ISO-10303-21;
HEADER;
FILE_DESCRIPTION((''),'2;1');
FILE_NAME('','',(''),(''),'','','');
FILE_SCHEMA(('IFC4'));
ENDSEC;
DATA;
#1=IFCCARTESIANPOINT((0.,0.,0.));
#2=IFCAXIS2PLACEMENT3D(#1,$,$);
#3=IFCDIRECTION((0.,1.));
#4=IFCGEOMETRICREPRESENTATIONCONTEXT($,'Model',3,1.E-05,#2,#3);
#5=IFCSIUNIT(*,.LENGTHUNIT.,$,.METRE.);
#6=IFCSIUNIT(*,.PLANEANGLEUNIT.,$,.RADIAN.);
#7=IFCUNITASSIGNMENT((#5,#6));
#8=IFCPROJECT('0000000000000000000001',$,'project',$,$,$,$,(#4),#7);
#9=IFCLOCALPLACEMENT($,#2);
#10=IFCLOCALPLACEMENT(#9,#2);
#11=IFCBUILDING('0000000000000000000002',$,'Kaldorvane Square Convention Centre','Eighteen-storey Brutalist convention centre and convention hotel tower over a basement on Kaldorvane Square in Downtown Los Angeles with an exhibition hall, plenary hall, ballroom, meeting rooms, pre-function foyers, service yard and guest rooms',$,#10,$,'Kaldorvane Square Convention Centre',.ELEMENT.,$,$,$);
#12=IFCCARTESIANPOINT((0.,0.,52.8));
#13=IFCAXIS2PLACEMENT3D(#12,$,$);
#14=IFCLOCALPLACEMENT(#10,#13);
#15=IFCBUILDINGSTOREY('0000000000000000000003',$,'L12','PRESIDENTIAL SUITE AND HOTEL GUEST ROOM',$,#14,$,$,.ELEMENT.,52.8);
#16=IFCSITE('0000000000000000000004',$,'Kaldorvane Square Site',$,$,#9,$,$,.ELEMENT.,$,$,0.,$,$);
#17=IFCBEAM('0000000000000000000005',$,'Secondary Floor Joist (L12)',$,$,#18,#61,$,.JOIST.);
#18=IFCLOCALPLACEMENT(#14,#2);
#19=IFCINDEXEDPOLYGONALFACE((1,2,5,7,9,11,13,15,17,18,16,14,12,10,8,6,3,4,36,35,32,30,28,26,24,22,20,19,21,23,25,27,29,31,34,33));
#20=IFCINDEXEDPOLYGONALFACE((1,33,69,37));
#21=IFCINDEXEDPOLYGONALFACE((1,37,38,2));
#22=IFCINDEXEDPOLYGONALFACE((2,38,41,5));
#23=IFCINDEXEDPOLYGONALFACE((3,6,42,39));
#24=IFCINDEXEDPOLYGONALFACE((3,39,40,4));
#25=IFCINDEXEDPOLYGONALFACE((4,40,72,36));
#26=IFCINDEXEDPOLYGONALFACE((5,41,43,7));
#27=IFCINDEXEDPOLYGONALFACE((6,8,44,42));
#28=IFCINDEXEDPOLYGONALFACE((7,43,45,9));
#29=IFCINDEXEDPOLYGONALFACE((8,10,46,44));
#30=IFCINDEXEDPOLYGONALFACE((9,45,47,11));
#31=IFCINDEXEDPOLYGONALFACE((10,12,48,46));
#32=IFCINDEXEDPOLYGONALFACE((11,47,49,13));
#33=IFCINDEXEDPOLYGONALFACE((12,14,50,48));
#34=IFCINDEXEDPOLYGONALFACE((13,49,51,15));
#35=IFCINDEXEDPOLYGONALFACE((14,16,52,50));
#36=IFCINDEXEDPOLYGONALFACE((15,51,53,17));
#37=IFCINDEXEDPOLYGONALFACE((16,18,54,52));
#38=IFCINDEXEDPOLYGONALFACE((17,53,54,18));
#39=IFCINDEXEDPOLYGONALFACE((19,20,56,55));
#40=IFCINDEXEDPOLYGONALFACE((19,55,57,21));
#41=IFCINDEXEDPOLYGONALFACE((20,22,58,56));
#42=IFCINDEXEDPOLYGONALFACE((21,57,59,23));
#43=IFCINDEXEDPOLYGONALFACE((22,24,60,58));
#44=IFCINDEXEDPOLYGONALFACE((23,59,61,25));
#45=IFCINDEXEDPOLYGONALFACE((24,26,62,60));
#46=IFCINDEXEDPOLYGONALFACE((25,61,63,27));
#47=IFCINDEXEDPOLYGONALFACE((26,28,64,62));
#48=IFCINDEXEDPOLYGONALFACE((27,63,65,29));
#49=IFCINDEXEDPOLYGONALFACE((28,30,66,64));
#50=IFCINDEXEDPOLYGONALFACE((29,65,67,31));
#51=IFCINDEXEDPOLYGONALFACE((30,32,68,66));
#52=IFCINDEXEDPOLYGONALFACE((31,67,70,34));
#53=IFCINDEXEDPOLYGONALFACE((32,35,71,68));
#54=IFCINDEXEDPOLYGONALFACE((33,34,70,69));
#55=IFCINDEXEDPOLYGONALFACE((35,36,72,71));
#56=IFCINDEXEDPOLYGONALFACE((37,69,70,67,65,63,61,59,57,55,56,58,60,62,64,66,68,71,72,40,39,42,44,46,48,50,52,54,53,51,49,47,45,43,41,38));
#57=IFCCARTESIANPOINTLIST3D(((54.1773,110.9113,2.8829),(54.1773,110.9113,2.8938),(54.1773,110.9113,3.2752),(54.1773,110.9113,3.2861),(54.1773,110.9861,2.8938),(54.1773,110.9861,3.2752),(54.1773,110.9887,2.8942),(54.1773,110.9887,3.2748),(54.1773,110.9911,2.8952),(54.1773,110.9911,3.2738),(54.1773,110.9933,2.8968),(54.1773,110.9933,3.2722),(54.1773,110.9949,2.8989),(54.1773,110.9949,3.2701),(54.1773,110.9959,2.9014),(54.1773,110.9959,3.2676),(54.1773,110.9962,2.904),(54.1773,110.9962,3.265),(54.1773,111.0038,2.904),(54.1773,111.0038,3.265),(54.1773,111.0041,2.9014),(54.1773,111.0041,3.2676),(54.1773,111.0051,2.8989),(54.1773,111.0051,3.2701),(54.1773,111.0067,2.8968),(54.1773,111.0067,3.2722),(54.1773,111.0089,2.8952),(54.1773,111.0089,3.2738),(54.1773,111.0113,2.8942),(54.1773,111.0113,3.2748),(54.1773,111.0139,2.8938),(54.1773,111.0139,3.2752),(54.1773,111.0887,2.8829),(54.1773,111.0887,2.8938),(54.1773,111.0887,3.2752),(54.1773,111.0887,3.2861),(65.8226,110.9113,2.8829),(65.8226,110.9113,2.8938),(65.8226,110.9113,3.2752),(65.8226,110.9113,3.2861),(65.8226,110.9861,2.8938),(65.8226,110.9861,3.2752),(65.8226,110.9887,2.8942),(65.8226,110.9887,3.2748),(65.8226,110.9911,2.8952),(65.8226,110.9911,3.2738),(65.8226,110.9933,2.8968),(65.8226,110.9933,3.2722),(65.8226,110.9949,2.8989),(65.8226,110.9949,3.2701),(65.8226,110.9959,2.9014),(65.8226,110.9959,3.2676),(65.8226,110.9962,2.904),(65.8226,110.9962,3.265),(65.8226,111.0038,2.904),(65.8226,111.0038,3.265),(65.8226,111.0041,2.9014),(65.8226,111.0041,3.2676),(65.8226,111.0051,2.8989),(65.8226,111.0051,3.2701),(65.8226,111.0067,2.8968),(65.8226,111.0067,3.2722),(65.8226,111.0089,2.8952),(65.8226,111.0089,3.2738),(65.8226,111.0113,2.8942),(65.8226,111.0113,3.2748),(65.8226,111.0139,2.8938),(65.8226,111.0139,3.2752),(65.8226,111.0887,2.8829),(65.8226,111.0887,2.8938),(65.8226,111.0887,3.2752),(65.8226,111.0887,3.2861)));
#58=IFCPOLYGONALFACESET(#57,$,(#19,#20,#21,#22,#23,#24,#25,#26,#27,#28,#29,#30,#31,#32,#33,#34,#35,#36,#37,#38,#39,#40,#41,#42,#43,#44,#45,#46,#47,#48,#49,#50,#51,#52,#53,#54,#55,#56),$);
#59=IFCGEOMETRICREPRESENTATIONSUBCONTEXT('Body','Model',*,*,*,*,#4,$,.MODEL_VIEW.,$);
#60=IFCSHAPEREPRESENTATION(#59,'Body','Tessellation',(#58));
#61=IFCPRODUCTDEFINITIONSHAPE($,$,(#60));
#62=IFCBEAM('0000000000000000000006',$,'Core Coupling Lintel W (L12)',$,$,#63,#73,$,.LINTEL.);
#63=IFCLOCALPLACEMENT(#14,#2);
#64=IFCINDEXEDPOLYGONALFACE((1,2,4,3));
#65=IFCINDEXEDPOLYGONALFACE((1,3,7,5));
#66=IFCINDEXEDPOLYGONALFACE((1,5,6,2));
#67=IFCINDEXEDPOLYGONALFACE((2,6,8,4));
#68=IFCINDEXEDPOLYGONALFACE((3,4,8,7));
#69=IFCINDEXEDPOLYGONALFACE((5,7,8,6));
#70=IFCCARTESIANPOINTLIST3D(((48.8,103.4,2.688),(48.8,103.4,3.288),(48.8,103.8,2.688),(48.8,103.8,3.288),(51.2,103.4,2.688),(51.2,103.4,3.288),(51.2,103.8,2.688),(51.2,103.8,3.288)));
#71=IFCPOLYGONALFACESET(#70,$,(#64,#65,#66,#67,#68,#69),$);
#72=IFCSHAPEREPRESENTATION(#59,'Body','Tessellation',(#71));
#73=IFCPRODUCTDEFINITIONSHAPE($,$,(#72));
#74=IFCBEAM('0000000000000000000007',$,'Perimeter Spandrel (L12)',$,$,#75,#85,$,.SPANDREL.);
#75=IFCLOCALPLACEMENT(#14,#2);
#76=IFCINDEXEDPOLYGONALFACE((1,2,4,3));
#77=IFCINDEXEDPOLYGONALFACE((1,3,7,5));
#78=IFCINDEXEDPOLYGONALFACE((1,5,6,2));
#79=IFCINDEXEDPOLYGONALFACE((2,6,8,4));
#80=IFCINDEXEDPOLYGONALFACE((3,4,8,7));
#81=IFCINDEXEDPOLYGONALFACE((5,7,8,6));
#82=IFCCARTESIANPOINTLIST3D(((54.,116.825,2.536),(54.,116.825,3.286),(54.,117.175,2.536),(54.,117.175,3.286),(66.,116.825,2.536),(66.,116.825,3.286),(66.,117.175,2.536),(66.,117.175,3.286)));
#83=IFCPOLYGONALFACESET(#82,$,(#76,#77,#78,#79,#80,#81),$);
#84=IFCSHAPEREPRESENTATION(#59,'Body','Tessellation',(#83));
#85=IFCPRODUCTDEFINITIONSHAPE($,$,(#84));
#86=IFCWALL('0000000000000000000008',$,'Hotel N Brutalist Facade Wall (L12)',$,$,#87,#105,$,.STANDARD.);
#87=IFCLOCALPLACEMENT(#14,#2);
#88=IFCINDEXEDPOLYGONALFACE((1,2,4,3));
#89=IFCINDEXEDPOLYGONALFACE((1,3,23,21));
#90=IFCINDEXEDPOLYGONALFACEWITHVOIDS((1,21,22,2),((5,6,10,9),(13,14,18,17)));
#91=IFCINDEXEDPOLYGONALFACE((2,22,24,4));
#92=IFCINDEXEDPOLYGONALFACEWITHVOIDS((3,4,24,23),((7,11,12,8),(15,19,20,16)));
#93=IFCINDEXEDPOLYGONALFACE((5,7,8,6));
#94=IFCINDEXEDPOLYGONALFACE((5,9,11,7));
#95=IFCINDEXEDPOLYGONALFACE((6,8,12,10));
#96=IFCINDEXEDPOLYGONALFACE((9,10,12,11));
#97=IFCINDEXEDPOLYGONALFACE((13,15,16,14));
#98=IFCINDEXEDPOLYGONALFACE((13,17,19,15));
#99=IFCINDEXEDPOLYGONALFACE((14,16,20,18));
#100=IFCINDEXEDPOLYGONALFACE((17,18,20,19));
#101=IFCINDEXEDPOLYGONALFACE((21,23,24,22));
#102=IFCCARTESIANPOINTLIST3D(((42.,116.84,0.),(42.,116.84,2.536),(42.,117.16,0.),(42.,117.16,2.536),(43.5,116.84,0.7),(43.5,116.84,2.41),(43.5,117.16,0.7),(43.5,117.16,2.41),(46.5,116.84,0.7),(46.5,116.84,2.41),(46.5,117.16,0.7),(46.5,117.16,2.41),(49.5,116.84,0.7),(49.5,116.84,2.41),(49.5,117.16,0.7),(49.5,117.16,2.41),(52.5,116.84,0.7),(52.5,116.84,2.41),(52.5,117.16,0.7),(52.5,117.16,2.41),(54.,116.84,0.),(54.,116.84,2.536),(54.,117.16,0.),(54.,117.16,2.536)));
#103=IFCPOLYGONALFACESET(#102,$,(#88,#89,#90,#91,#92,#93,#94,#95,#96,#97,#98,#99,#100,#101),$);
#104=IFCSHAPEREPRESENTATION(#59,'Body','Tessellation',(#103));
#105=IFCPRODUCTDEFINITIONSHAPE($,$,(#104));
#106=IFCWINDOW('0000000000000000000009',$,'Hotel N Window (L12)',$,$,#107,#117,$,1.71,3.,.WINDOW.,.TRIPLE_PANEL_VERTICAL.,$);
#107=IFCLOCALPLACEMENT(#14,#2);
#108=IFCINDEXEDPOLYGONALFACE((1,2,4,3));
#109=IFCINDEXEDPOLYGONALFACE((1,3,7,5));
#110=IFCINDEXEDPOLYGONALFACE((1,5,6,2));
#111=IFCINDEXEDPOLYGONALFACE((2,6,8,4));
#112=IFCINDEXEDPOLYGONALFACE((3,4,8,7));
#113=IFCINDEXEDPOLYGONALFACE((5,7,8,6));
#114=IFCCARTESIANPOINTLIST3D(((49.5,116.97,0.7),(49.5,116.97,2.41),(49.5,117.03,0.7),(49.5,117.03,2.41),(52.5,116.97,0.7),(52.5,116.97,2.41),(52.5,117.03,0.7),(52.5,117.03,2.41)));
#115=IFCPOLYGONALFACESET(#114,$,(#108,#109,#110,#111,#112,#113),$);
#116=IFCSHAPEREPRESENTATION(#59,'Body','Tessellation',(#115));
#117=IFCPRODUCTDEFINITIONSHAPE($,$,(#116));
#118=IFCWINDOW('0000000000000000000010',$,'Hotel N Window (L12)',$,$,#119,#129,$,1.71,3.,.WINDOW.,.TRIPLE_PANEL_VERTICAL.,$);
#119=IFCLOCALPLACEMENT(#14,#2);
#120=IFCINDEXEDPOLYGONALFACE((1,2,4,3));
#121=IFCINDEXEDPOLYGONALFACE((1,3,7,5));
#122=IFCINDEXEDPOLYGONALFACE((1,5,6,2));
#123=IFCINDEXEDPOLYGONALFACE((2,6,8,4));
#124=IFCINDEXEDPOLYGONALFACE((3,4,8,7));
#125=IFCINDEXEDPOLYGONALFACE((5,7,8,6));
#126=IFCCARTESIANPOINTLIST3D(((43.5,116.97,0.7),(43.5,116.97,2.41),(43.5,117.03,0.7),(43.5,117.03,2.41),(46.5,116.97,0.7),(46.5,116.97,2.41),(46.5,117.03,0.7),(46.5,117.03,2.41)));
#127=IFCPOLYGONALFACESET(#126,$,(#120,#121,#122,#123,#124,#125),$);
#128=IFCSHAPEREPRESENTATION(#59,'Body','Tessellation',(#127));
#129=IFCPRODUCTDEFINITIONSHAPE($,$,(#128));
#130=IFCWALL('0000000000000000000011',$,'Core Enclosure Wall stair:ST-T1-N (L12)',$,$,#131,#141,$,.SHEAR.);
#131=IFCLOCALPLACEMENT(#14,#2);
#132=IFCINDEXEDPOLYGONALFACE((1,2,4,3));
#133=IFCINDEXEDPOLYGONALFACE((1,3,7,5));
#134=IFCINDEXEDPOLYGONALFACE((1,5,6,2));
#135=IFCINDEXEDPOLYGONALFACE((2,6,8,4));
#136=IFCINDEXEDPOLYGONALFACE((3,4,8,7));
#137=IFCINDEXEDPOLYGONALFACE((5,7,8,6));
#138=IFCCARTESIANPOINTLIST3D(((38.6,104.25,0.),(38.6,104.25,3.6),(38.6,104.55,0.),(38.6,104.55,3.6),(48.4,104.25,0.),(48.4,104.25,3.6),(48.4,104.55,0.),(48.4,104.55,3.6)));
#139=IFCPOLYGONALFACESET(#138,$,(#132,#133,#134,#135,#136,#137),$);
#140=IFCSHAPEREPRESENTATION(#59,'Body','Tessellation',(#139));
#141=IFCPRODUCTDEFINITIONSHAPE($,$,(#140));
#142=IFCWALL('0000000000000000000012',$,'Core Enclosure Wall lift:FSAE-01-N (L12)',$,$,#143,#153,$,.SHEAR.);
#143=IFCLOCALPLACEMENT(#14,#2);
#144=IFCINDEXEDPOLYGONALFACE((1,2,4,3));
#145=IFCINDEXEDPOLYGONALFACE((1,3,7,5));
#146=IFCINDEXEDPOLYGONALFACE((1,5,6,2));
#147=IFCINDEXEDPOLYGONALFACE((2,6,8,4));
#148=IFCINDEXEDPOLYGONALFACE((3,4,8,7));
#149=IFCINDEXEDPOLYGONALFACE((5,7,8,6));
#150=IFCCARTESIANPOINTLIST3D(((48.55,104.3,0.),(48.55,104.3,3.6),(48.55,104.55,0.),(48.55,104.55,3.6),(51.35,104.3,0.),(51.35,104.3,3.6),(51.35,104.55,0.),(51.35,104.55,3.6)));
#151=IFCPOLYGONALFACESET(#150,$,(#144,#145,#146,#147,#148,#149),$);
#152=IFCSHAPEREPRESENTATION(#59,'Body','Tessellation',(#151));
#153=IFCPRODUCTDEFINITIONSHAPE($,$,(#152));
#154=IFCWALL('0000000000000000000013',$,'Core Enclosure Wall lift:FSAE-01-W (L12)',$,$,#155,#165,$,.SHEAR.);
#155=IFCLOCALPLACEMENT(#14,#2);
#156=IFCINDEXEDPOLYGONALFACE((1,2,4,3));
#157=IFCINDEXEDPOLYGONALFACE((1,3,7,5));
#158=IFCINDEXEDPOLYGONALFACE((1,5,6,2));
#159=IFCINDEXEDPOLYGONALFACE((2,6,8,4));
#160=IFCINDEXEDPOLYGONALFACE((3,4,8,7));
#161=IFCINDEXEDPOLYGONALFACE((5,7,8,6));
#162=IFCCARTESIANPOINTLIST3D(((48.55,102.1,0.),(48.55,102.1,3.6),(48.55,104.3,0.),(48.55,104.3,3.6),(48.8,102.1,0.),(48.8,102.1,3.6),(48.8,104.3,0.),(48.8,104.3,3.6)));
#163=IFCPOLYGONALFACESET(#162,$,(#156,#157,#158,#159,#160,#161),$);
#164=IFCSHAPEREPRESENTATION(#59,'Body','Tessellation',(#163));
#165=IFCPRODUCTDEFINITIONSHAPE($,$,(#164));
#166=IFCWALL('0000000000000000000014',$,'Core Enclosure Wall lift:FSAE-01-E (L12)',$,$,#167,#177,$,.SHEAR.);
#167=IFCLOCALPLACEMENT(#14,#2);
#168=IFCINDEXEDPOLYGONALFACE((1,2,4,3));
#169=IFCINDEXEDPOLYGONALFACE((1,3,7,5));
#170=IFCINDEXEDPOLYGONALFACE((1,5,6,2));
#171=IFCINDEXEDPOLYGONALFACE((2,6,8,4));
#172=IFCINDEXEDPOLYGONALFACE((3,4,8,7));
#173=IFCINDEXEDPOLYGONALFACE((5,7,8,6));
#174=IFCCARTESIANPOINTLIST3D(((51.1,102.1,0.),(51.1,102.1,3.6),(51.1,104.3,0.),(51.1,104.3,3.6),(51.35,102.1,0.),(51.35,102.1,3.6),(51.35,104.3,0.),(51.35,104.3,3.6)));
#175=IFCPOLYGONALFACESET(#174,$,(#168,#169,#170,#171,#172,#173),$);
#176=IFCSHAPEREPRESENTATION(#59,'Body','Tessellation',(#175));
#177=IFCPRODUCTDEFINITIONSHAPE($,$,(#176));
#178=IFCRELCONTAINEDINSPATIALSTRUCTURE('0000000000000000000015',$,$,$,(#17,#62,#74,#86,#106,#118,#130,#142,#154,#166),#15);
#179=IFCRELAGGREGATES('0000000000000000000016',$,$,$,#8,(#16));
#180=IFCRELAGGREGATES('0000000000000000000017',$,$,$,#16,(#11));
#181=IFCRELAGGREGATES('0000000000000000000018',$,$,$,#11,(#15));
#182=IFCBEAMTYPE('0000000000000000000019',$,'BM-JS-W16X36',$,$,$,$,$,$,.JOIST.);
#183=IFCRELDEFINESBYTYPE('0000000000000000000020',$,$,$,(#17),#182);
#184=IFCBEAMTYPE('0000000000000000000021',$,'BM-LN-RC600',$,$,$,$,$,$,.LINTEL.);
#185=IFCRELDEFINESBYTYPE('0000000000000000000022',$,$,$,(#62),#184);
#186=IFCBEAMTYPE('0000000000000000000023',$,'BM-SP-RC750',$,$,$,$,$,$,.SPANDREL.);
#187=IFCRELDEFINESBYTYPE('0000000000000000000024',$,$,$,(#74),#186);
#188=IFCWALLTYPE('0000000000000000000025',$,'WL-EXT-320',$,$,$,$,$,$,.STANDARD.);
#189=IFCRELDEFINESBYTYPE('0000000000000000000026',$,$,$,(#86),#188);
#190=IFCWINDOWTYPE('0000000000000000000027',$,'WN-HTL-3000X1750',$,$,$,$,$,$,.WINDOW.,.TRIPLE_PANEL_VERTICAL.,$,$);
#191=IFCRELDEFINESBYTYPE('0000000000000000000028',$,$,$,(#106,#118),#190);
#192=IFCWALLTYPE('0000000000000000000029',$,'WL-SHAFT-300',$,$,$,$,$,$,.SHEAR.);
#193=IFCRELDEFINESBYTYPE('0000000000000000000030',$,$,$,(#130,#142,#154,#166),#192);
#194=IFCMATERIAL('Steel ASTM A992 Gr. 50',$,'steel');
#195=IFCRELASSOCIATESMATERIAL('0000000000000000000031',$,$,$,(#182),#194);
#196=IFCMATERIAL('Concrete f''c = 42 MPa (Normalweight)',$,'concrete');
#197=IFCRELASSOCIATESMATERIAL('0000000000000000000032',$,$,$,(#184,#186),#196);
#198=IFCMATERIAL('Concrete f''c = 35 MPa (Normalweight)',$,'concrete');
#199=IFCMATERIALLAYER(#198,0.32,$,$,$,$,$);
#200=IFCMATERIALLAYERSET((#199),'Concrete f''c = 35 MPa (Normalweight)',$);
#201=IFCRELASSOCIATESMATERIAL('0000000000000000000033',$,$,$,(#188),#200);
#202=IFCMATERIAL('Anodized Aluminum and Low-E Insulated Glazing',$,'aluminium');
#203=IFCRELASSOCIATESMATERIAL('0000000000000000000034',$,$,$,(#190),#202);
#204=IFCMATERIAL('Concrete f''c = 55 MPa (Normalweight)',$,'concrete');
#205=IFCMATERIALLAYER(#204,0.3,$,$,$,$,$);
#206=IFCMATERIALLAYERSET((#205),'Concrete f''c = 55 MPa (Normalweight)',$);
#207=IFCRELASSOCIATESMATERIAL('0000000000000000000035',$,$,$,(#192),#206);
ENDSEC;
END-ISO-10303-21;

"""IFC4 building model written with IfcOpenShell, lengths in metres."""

from ifc_helpers import new_model, si_unit, direction, frame, frame_2d, origin, origin_2d, place, context, subcontext, project, spatial, rectangle, i_section, extrude, material, layer, layer_set, material_profile, profile_set, type_object, element, fill, save


model = new_model("IFC4")

# Units and contexts
model_context = context("Model", 3, precision=1e-05, world=origin(), true_north=direction((0.0, 1.0)))
body_context = subcontext(model_context, "Body", "Model", "MODEL_VIEW")
ifc_project = project(units=[si_unit("LENGTHUNIT", "METRE"), si_unit("PLANEANGLEUNIT", "RADIAN")], contexts=[model_context])

# Site, building, storey
site_placement = place(None, origin())
site = spatial("IfcSite", under=ifc_project, at=site_placement, Name="Kaldorvane Square Site", CompositionType="ELEMENT", RefElevation=0.0)
building_placement = place(site_placement, origin())
building = spatial("IfcBuilding", under=site, at=building_placement, Name="Kaldorvane Square Convention Centre", Description="Eighteen-storey Brutalist convention centre and convention hotel tower over a basement on Kaldorvane Square in Downtown Los Angeles with an exhibition hall, plenary hall, ballroom, meeting rooms, pre-function foyers, service yard and guest rooms", LongName="Kaldorvane Square Convention Centre", CompositionType="ELEMENT")
storey_placement = place(building_placement, frame((0.0, 0.0, 52.8)))
storey = spatial("IfcBuildingStorey", under=building, at=storey_placement, Name="L12", Description="PRESIDENTIAL SUITE AND HOTEL GUEST ROOM", CompositionType="ELEMENT", Elevation=52.8)

# Shared definitions
ifc_material_1 = material(Name="Concrete f'c = 42 MPa (Normalweight)", Category="concrete")
ifc_material_2 = material(Name="Steel ASTM A992 Gr. 50", Category="steel")

# Beams
ifc_material_profile_1 = material_profile(ifc_material_2, i_section(OverallWidth=0.1774, OverallDepth=0.4031, WebThickness=0.0075, FlangeThickness=0.0109, FilletRadius=0.0102, at=origin_2d()), Name="W16X36")
ifc_profile_set_1 = profile_set([ifc_material_profile_1], Name="Steel ASTM A992 Gr. 50")
beam_type_1 = type_object("IfcBeamType", Name="BM-JS-W16X36", PredefinedType="JOIST", material=ifc_profile_set_1)
beam_1_placement = place(storey_placement, frame((54.1773, 111.0, 3.0845), z_axis=(1.0, 0.0, 0.0), x_axis=(0.0, 1.0, 0.0)))
element("IfcBeam", 1, at=beam_1_placement, inside=storey, type_object=beam_type_1, Name="Secondary Floor Joist (L12)", PredefinedType="JOIST", context=body_context, shape_type="SweptSolid", body=[
    extrude(i_section(OverallWidth=0.1774, OverallDepth=0.4031, WebThickness=0.0075, FlangeThickness=0.0109, FilletRadius=0.0102, at=origin_2d()), origin(), (0.0, 0.0, 1.0), 11.6453),
])
ifc_material_profile_2 = material_profile(ifc_material_1, rectangle(XDim=0.4, YDim=0.6, at=origin_2d()), Name="RCLN600X400")
ifc_profile_set_2 = profile_set([ifc_material_profile_2], Name="Concrete f'c = 42 MPa (Normalweight)")
beam_type_2 = type_object("IfcBeamType", Name="BM-LN-RC600", PredefinedType="LINTEL", material=ifc_profile_set_2)
beam_2_placement = place(storey_placement, frame((48.8, 103.6, 2.988), z_axis=(1.0, 0.0, 0.0), x_axis=(0.0, 1.0, 0.0)))
element("IfcBeam", 2, at=beam_2_placement, inside=storey, type_object=beam_type_2, Name="Core Coupling Lintel W (L12)", PredefinedType="LINTEL", context=body_context, shape_type="SweptSolid", body=[
    extrude(rectangle(XDim=0.4, YDim=0.6, at=origin_2d()), origin(), (0.0, 0.0, 1.0), 2.4),
])
ifc_material_profile_3 = material_profile(ifc_material_1, rectangle(XDim=0.35, YDim=0.75, at=origin_2d()), Name="RCSP750X350")
ifc_profile_set_3 = profile_set([ifc_material_profile_3], Name="Concrete f'c = 42 MPa (Normalweight)")
beam_type_3 = type_object("IfcBeamType", Name="BM-SP-RC750", PredefinedType="SPANDREL", material=ifc_profile_set_3)
beam_3_placement = place(storey_placement, frame((54.0, 117.0, 2.911), z_axis=(1.0, 0.0, 0.0), x_axis=(0.0, 1.0, 0.0)))
element("IfcBeam", 3, at=beam_3_placement, inside=storey, type_object=beam_type_3, Name="Perimeter Spandrel (L12)", PredefinedType="SPANDREL", context=body_context, shape_type="SweptSolid", body=[
    extrude(rectangle(XDim=0.35, YDim=0.75, at=origin_2d()), origin(), (0.0, 0.0, 1.0), 12.0),
])

# Wall, openings, windows
ifc_material_3 = material(Name="Concrete f'c = 35 MPa (Normalweight)", Category="concrete")
ifc_layer_1 = layer(ifc_material_3, 0.32)
ifc_layer_set_1 = layer_set([ifc_layer_1], Name="Concrete f'c = 35 MPa (Normalweight)")
wall_type_1 = type_object("IfcWallType", Name="WL-EXT-320", PredefinedType="STANDARD", material=ifc_layer_set_1)
wall_1_placement = place(storey_placement, frame((54.0, 117.0, 0.0), z_axis=(0.0, 0.0, 1.0), x_axis=(-1.0, 0.0, 0.0)))
wall_1 = element("IfcWall", 4, at=wall_1_placement, inside=storey, type_object=wall_type_1, Name="Hotel N Brutalist Facade Wall (L12)", PredefinedType="STANDARD", context=body_context, shape_type="SweptSolid", body=[
    extrude(rectangle(XDim=12.0, YDim=0.32, at=frame_2d((6.0, 0.0))), origin(), (0.0, 0.0, 1.0), 2.536),
])
opening_1_placement = place(wall_1_placement, frame((1.5, 0.0, 0.7)))
opening_1 = element("IfcOpeningElement", 5, at=opening_1_placement, cuts=wall_1, PredefinedType="OPENING", context=body_context, shape_type="SweptSolid", body=[
    extrude(rectangle(XDim=3.0, YDim=1.71, at=frame_2d((1.5, 0.855))), frame((0.0, 0.175, 0.0), z_axis=(0.0, -1.0, 0.0), x_axis=(1.0, 0.0, 0.0)), (0.0, 0.0, 1.0), 0.35),
])
opening_2_placement = place(wall_1_placement, frame((7.5, 0.0, 0.7)))
opening_2 = element("IfcOpeningElement", 6, at=opening_2_placement, cuts=wall_1, PredefinedType="OPENING", context=body_context, shape_type="SweptSolid", body=[
    extrude(rectangle(XDim=3.0, YDim=1.71, at=frame_2d((1.5, 0.855))), frame((0.0, 0.175, 0.0), z_axis=(0.0, -1.0, 0.0), x_axis=(1.0, 0.0, 0.0)), (0.0, 0.0, 1.0), 0.35),
])
ifc_material_4 = material(Name="Anodized Aluminum and Low-E Insulated Glazing", Category="aluminium")
window_type = type_object("IfcWindowType", Name="WN-HTL-3000X1750", PartitioningType="TRIPLE_PANEL_VERTICAL", PredefinedType="WINDOW", material=ifc_material_4)
window_1_placement = place(opening_1_placement, origin())
window_1 = element("IfcWindow", 7, at=window_1_placement, inside=storey, type_object=window_type, Name="Hotel N Window (L12)", OverallHeight=1.71, OverallWidth=3.0, PartitioningType="TRIPLE_PANEL_VERTICAL", PredefinedType="WINDOW", context=body_context, shape_type="SweptSolid", body=[
    extrude(rectangle(XDim=3.0, YDim=1.71, at=frame_2d((1.5, 0.855))), frame((0.0, 0.03, 0.0), z_axis=(0.0, -1.0, 0.0), x_axis=(1.0, 0.0, 0.0)), (0.0, 0.0, 1.0), 0.06),
])
fill(opening_1, window_1)
window_2_placement = place(opening_2_placement, origin())
window_2 = element("IfcWindow", 8, at=window_2_placement, inside=storey, type_object=window_type, Name="Hotel N Window (L12)", OverallHeight=1.71, OverallWidth=3.0, PartitioningType="TRIPLE_PANEL_VERTICAL", PredefinedType="WINDOW", context=body_context, shape_type="SweptSolid", body=[
    extrude(rectangle(XDim=3.0, YDim=1.71, at=frame_2d((1.5, 0.855))), frame((0.0, 0.03, 0.0), z_axis=(0.0, -1.0, 0.0), x_axis=(1.0, 0.0, 0.0)), (0.0, 0.0, 1.0), 0.06),
])
fill(opening_2, window_2)

# Walls
ifc_material_5 = material(Name="Concrete f'c = 55 MPa (Normalweight)", Category="concrete")
ifc_layer_2 = layer(ifc_material_5, 0.3)
ifc_layer_set_2 = layer_set([ifc_layer_2], Name="Concrete f'c = 55 MPa (Normalweight)")
wall_type_2 = type_object("IfcWallType", Name="WL-SHAFT-300", PredefinedType="SHEAR", material=ifc_layer_set_2)
wall_2_placement = place(storey_placement, frame((48.4, 104.4, 0.0), z_axis=(0.0, 0.0, 1.0), x_axis=(-1.0, 0.0, 0.0)))
element("IfcWall", 9, at=wall_2_placement, inside=storey, type_object=wall_type_2, Name="Core Enclosure Wall stair:ST-T1-N (L12)", PredefinedType="SHEAR", context=body_context, shape_type="SweptSolid", body=[
    extrude(rectangle(XDim=9.8, YDim=0.3, at=frame_2d((4.9, 0.0))), origin(), (0.0, 0.0, 1.0), 3.6),
])
wall_3_placement = place(storey_placement, frame((51.35, 104.425, 0.0), z_axis=(0.0, 0.0, 1.0), x_axis=(-1.0, 0.0, 0.0)))
element("IfcWall", 10, at=wall_3_placement, inside=storey, type_object=wall_type_2, Name="Core Enclosure Wall lift:FSAE-01-N (L12)", PredefinedType="SHEAR", context=body_context, shape_type="SweptSolid", body=[
    extrude(rectangle(XDim=2.8, YDim=0.25, at=frame_2d((1.4, 0.0))), origin(), (0.0, 0.0, 1.0), 3.6),
])
for number, where, z_axis, x_axis, name in (
    (11, (48.675, 104.3, 0.0), (0.0, 0.0, 1.0), (0.0, -1.0, 0.0), "Core Enclosure Wall lift:FSAE-01-W (L12)"),
    (12, (51.225, 102.1, 0.0), (0.0, 0.0, 1.0), (0.0, 1.0, 0.0), "Core Enclosure Wall lift:FSAE-01-E (L12)"),
):
    element("IfcWall", number, at=place(storey_placement, frame(where, z_axis=z_axis, x_axis=x_axis)), inside=storey, type_object=wall_type_2, Name=name, PredefinedType="SHEAR", context=body_context, shape_type="SweptSolid", body=[
        extrude(rectangle(XDim=2.2, YDim=0.25, at=frame_2d((1.1, 0.0))), origin(), (0.0, 0.0, 1.0), 3.6),
    ])

save(model, "model.ifc")
